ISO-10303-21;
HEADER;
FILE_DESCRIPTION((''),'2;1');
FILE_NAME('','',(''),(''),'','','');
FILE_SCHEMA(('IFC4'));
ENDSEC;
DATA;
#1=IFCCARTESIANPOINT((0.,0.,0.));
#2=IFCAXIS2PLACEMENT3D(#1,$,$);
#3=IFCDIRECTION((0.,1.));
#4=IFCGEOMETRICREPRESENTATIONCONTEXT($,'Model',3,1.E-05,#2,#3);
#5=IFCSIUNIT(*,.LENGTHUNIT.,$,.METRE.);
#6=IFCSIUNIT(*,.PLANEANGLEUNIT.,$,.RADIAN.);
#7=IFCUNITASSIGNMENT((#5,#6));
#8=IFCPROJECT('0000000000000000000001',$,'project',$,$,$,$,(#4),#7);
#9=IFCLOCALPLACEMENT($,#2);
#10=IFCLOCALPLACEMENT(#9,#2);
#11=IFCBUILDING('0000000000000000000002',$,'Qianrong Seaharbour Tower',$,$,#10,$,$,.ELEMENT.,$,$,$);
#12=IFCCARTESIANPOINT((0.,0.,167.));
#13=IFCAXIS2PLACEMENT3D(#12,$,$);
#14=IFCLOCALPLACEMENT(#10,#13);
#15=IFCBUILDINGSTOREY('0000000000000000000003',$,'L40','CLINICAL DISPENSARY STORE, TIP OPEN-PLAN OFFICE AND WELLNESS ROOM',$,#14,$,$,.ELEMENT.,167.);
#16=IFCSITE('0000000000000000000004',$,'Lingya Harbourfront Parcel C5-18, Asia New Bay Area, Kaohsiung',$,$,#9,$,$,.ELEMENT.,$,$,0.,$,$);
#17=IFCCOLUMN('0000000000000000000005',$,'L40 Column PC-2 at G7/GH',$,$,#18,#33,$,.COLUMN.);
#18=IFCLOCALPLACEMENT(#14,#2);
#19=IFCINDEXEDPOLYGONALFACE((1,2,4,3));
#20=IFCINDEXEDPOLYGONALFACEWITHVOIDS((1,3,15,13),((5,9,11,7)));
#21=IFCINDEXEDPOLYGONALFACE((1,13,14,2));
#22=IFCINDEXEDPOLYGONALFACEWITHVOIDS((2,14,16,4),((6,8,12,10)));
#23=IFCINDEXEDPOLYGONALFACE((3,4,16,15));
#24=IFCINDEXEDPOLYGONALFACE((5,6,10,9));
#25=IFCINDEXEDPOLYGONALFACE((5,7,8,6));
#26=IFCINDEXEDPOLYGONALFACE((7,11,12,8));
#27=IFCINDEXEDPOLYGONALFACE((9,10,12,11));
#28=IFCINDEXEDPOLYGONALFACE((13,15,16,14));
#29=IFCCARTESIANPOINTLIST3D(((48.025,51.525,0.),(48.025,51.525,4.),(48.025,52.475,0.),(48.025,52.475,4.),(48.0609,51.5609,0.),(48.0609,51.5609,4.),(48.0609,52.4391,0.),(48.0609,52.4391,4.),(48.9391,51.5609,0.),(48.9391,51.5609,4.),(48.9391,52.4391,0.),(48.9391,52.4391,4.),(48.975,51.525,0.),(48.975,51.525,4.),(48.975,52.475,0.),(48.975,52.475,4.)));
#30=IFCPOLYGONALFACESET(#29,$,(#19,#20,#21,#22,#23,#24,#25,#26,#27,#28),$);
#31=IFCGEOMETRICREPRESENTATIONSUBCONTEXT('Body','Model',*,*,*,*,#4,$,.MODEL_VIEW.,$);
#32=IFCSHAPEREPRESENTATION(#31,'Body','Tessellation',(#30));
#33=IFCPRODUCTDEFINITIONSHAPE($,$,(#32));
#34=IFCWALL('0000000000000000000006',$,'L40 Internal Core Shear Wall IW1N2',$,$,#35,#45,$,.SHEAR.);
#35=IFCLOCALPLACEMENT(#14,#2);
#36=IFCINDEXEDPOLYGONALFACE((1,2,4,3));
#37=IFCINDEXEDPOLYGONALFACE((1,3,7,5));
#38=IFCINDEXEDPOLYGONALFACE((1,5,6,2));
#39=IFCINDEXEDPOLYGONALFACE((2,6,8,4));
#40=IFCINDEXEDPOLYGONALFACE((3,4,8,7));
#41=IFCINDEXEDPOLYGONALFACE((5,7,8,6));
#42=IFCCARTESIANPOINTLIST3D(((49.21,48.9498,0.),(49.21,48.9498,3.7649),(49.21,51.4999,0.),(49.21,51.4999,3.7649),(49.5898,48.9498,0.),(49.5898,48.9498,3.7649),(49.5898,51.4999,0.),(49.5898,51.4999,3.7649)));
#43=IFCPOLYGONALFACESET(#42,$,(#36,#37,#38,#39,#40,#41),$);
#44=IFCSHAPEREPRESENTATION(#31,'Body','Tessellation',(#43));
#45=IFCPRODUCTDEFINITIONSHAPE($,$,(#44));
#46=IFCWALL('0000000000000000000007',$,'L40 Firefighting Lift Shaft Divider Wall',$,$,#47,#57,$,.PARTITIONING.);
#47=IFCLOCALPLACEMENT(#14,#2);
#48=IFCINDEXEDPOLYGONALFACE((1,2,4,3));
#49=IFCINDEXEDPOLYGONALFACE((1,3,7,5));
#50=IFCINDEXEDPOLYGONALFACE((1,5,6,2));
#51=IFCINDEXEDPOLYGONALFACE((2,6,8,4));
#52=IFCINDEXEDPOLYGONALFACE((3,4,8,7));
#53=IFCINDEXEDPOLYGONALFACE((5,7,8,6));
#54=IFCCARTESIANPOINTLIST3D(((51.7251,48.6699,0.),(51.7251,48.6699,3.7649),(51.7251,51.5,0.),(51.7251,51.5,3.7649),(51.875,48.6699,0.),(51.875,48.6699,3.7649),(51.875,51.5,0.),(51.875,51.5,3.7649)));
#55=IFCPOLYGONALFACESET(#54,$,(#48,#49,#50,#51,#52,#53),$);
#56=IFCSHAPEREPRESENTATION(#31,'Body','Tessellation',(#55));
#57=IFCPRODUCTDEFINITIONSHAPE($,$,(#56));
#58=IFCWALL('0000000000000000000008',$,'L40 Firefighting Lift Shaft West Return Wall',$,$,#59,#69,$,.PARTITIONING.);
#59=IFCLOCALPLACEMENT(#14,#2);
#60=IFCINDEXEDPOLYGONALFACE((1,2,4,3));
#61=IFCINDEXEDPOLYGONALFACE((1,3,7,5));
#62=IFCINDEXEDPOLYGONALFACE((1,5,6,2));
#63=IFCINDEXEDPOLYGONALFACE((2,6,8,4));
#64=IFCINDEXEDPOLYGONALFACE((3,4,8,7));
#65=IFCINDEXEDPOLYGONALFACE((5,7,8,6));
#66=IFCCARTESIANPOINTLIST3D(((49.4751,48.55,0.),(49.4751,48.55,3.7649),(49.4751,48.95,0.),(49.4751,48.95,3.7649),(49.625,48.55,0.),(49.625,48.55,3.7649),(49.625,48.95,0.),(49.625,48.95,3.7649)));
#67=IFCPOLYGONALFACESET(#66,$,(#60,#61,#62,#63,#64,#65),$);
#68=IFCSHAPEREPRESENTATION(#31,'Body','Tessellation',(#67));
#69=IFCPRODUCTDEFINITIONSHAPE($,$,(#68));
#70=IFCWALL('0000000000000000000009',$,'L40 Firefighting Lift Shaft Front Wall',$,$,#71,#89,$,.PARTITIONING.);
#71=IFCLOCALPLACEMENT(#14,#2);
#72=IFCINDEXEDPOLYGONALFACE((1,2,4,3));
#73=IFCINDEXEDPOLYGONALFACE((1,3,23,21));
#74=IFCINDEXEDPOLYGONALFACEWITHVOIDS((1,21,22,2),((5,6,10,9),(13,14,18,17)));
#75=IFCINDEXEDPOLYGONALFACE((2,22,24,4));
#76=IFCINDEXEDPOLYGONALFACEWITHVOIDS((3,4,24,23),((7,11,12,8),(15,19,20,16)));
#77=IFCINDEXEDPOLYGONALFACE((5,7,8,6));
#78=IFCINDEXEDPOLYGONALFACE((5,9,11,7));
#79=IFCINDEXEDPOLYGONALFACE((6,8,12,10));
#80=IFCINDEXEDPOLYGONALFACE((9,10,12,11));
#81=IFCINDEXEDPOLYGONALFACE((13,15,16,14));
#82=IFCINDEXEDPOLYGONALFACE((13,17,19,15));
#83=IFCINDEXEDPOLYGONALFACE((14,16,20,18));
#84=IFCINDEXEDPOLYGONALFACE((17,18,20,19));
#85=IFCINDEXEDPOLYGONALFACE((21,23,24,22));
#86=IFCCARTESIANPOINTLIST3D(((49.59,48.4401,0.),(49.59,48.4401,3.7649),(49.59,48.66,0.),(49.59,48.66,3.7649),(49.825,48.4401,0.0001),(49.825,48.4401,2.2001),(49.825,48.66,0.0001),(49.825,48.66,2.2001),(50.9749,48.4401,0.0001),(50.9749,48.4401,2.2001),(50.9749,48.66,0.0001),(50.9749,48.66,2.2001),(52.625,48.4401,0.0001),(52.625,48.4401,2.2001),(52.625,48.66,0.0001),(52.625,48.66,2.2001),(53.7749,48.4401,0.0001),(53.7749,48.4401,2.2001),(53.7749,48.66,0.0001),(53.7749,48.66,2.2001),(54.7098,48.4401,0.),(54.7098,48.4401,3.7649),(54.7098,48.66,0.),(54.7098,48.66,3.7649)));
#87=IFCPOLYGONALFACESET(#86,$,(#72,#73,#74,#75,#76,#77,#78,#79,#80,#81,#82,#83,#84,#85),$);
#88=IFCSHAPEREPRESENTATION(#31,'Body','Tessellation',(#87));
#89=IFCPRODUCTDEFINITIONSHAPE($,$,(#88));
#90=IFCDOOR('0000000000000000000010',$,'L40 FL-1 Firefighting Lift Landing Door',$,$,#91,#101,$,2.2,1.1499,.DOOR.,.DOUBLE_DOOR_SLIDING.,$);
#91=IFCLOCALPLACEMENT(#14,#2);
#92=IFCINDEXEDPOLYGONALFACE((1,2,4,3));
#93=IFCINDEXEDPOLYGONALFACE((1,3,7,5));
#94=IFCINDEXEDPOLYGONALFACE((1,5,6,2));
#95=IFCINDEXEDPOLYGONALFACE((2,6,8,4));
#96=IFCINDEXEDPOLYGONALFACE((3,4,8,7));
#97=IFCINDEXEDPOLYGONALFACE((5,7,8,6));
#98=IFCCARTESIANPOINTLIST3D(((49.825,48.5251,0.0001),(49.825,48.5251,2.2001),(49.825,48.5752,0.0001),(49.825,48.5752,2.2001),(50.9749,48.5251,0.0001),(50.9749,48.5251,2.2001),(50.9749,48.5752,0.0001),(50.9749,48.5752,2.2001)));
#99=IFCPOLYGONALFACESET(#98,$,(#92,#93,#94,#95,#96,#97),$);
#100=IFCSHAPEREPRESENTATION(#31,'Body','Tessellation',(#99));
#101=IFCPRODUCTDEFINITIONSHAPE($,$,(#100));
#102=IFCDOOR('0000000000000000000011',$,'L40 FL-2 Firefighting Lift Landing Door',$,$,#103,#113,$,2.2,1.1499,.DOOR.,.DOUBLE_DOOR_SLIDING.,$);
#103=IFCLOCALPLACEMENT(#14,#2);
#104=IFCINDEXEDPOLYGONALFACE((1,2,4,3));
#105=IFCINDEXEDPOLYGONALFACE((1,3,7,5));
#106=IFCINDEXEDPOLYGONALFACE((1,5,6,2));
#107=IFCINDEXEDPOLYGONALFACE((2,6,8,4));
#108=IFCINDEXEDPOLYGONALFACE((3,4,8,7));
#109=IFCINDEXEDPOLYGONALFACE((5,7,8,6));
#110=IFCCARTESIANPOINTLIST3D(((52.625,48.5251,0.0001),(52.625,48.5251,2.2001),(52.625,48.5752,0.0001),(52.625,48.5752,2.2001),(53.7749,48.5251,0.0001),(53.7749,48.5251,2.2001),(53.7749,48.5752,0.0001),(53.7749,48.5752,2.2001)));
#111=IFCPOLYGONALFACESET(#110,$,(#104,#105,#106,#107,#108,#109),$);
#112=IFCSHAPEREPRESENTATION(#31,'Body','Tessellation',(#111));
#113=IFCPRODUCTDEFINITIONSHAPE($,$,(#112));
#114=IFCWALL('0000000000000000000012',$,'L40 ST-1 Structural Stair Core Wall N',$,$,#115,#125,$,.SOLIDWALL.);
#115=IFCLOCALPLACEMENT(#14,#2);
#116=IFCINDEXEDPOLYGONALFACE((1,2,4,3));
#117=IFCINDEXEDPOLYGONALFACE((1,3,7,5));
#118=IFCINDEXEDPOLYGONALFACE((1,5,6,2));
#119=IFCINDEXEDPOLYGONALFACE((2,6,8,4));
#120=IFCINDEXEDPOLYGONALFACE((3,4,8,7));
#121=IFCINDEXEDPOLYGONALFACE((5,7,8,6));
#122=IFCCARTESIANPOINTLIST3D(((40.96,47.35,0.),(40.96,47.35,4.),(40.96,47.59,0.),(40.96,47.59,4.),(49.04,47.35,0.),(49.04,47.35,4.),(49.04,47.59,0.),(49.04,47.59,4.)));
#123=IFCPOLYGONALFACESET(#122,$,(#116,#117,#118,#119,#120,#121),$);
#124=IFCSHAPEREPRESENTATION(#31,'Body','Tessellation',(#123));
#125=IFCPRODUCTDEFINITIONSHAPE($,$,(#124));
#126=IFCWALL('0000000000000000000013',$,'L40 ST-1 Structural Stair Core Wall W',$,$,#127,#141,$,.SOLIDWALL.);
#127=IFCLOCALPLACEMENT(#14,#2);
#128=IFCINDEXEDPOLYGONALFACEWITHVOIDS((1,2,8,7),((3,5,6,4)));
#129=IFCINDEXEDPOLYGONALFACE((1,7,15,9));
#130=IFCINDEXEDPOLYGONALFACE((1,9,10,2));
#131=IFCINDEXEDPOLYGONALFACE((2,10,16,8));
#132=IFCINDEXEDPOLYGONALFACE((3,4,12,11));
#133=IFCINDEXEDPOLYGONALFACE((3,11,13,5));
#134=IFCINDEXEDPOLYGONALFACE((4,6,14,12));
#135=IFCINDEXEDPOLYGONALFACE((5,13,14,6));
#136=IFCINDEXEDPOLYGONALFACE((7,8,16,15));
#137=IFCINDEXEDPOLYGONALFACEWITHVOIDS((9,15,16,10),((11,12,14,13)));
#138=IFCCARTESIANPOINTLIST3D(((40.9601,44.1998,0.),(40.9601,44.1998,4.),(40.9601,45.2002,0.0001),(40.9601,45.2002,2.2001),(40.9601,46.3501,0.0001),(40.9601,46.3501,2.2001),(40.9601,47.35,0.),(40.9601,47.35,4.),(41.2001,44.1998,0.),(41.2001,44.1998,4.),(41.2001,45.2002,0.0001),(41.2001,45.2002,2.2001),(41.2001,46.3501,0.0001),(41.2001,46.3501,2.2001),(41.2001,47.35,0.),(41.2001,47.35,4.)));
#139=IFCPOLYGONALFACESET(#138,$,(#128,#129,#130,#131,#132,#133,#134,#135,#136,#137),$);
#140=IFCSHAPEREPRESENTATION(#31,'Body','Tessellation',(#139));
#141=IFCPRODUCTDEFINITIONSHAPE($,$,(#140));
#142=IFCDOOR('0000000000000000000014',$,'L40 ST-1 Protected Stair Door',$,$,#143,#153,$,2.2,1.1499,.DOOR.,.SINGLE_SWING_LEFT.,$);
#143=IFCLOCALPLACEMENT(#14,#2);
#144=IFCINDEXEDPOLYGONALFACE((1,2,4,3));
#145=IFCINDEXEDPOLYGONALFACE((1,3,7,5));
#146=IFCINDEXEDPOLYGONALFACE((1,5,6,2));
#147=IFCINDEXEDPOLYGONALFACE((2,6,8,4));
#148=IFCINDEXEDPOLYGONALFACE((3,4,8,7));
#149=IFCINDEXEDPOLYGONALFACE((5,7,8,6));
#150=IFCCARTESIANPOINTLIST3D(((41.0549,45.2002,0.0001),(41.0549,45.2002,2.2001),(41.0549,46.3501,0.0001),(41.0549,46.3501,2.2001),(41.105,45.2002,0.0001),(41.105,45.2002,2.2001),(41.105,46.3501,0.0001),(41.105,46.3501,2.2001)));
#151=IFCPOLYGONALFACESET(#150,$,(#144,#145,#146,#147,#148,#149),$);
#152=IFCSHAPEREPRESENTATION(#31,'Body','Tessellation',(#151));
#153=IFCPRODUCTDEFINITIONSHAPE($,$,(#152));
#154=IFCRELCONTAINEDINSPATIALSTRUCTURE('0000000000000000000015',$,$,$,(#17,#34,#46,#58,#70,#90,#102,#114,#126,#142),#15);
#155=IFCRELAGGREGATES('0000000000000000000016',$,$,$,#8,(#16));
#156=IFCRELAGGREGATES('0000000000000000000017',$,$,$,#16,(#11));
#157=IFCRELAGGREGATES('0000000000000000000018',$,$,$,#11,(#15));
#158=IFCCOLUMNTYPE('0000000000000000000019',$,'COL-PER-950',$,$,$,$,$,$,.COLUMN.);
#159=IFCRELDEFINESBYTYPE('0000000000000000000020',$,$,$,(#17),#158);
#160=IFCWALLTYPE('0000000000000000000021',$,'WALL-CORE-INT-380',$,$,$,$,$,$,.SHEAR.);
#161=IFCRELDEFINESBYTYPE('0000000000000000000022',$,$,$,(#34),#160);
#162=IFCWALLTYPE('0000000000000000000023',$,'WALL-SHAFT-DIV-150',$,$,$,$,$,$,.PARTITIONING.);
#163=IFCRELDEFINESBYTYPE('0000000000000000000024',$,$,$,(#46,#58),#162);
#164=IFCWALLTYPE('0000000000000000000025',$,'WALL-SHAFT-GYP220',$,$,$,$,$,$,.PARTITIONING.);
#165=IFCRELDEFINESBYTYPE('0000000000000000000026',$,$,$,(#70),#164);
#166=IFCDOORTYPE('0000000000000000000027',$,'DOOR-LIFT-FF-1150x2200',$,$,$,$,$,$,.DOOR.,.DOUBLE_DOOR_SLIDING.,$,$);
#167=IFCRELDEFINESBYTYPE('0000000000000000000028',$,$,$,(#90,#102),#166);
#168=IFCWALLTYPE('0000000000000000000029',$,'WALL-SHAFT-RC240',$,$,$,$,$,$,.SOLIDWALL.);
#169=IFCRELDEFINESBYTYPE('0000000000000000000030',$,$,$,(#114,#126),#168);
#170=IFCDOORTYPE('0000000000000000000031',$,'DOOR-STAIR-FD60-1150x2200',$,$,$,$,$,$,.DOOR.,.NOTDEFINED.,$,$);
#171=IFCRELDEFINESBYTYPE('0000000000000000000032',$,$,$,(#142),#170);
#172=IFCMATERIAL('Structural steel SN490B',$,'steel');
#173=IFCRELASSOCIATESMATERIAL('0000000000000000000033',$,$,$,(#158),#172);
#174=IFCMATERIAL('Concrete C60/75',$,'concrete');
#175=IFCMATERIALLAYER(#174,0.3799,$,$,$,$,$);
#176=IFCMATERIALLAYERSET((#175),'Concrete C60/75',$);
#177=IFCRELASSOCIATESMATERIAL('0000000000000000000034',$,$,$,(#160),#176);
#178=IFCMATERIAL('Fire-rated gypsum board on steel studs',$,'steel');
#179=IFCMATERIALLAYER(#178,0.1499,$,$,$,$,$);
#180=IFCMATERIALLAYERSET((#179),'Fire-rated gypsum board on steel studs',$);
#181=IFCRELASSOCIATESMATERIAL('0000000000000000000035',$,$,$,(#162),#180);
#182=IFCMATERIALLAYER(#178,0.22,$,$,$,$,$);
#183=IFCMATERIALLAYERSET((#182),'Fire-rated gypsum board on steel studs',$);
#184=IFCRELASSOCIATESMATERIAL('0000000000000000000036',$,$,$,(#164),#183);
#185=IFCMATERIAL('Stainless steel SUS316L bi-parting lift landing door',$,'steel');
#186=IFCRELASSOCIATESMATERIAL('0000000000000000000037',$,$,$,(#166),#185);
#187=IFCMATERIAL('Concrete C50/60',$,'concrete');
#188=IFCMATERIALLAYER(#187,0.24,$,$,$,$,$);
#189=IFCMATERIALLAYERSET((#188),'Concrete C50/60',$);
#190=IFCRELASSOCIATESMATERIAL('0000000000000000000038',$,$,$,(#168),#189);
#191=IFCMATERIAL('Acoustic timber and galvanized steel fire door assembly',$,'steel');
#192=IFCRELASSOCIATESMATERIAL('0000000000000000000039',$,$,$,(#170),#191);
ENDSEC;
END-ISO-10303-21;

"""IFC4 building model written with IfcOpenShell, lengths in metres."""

from ifc_helpers import new_model, si_unit, direction, frame, frame_2d, origin, origin_2d, place, context, subcontext, project, spatial, rectangle, hollow_rectangle, extrude, material, layer, layer_set, material_profile, profile_set, type_object, element, fill, save


model = new_model("IFC4")

# Units and contexts
model_context = context("Model", 3, precision=1e-05, world=origin(), true_north=direction((0.0, 1.0)))
body_context = subcontext(model_context, "Body", "Model", "MODEL_VIEW")
ifc_project = project(units=[si_unit("LENGTHUNIT", "METRE"), si_unit("PLANEANGLEUNIT", "RADIAN")], contexts=[model_context])

# Site, building, storey
site_placement = place(None, origin())
site = spatial("IfcSite", under=ifc_project, at=site_placement, Name="Lingya Harbourfront Parcel C5-18, Asia New Bay Area, Kaohsiung", CompositionType="ELEMENT", RefElevation=0.0)
building_placement = place(site_placement, origin())
building = spatial("IfcBuilding", under=site, at=building_placement, Name="Qianrong Seaharbour Tower", CompositionType="ELEMENT")
storey_placement = place(building_placement, frame((0.0, 0.0, 167.0)))
storey = spatial("IfcBuildingStorey", under=building, at=storey_placement, Name="L40", Description="CLINICAL DISPENSARY STORE, TIP OPEN-PLAN OFFICE AND WELLNESS ROOM", CompositionType="ELEMENT", Elevation=167.0)

# Column
ifc_material_1 = material(Name="Structural steel SN490B", Category="steel")
ifc_material_profile = material_profile(ifc_material_1, hollow_rectangle(XDim=0.95, YDim=0.95, WallThickness=0.0359, at=origin_2d()), Name="BOX950x950x36")
ifc_profile_set = profile_set([ifc_material_profile], Name="Structural steel SN490B")
column_type = type_object("IfcColumnType", Name="COL-PER-950", PredefinedType="COLUMN", material=ifc_profile_set)
column_placement = place(storey_placement, frame((48.5, 52.0, 0.0), z_axis=(0.0, 0.0, 1.0), x_axis=(1.0, 0.0, 0.0)))
element("IfcColumn", 1, at=column_placement, inside=storey, type_object=column_type, Name="L40 Column PC-2 at G7/GH", PredefinedType="COLUMN", context=body_context, shape_type="SweptSolid", body=[
    extrude(hollow_rectangle(XDim=0.95, YDim=0.95, WallThickness=0.0359, at=origin_2d()), origin(), (0.0, 0.0, 1.0), 4.0),
])

# Walls
ifc_material_2 = material(Name="Concrete C60/75", Category="concrete")
ifc_layer_1 = layer(ifc_material_2, 0.3799)
ifc_layer_set_1 = layer_set([ifc_layer_1], Name="Concrete C60/75")
wall_type_1 = type_object("IfcWallType", Name="WALL-CORE-INT-380", PredefinedType="SHEAR", material=ifc_layer_set_1)
wall_1_placement = place(storey_placement, frame((49.3999, 48.95, 0.0), z_axis=(0.0, 0.0, 1.0), x_axis=(0.0, 1.0, 0.0)))
element("IfcWall", 2, at=wall_1_placement, inside=storey, type_object=wall_type_1, Name="L40 Internal Core Shear Wall IW1N2", PredefinedType="SHEAR", context=body_context, shape_type="SweptSolid", body=[
    extrude(rectangle(XDim=2.55, YDim=0.3799, at=frame_2d((1.2749, 0.0))), origin(), (0.0, 0.0, 1.0), 3.7649),
])
ifc_material_3 = material(Name="Fire-rated gypsum board on steel studs", Category="steel")
ifc_layer_2 = layer(ifc_material_3, 0.1499)
ifc_layer_set_2 = layer_set([ifc_layer_2], Name="Fire-rated gypsum board on steel studs")
wall_type_2 = type_object("IfcWallType", Name="WALL-SHAFT-DIV-150", PredefinedType="PARTITIONING", material=ifc_layer_set_2)
wall_2_placement = place(storey_placement, frame((51.8, 48.6699, 0.0), z_axis=(0.0, 0.0, 1.0), x_axis=(0.0, 1.0, 0.0)))
element("IfcWall", 3, at=wall_2_placement, inside=storey, type_object=wall_type_2, Name="L40 Firefighting Lift Shaft Divider Wall", PredefinedType="PARTITIONING", context=body_context, shape_type="SweptSolid", body=[
    extrude(rectangle(XDim=2.8301, YDim=0.1499, at=frame_2d((1.415, 0.0))), origin(), (0.0, 0.0, 1.0), 3.7649),
])
wall_3_placement = place(storey_placement, frame((49.55, 48.55, 0.0), z_axis=(0.0, 0.0, 1.0), x_axis=(0.0, 1.0, 0.0)))
element("IfcWall", 4, at=wall_3_placement, inside=storey, type_object=wall_type_2, Name="L40 Firefighting Lift Shaft West Return Wall", PredefinedType="PARTITIONING", context=body_context, shape_type="SweptSolid", body=[
    extrude(rectangle(XDim=0.3999, YDim=0.1499, at=frame_2d((0.2, 0.0))), origin(), (0.0, 0.0, 1.0), 3.7649),
])

# Wall, openings, doors
ifc_layer_3 = layer(ifc_material_3, 0.22)
ifc_layer_set_3 = layer_set([ifc_layer_3], Name="Fire-rated gypsum board on steel studs")
wall_type_3 = type_object("IfcWallType", Name="WALL-SHAFT-GYP220", PredefinedType="PARTITIONING", material=ifc_layer_set_3)
wall_4_placement = place(storey_placement, frame((54.71, 48.55, 0.0), z_axis=(0.0, 0.0, 1.0), x_axis=(-1.0, 0.0, 0.0)))
wall_4 = element("IfcWall", 5, at=wall_4_placement, inside=storey, type_object=wall_type_3, Name="L40 Firefighting Lift Shaft Front Wall", PredefinedType="PARTITIONING", context=body_context, shape_type="SweptSolid", body=[
    extrude(rectangle(XDim=5.1199, YDim=0.22, at=frame_2d((2.5601, 0.0))), origin(), (0.0, 0.0, 1.0), 3.7649),
])
opening_1_placement = place(wall_4_placement, frame((3.7351, 0.0, 0.0)))
opening_1 = element("IfcOpeningElement", 6, at=opening_1_placement, cuts=wall_4, PredefinedType="OPENING", context=body_context, shape_type="SweptSolid", body=[
    extrude(rectangle(XDim=1.1499, YDim=2.2, at=frame_2d((0.575, 1.1001))), frame((0.0, 0.1201, 0.0), z_axis=(0.0, -1.0, 0.0), x_axis=(1.0, 0.0, 0.0)), (0.0, 0.0, 1.0), 0.24),
])
opening_2_placement = place(wall_4_placement, frame((0.9351, 0.0, 0.0)))
opening_2 = element("IfcOpeningElement", 7, at=opening_2_placement, cuts=wall_4, PredefinedType="OPENING", context=body_context, shape_type="SweptSolid", body=[
    extrude(rectangle(XDim=1.1499, YDim=2.2, at=frame_2d((0.575, 1.1001))), frame((0.0, 0.1201, 0.0), z_axis=(0.0, -1.0, 0.0), x_axis=(1.0, 0.0, 0.0)), (0.0, 0.0, 1.0), 0.24),
])
ifc_material_4 = material(Name="Stainless steel SUS316L bi-parting lift landing door", Category="steel")
door_type_1 = type_object("IfcDoorType", Name="DOOR-LIFT-FF-1150x2200", OperationType="DOUBLE_DOOR_SLIDING", PredefinedType="DOOR", material=ifc_material_4)
door_1_placement = place(opening_1_placement, origin())
door_1 = element("IfcDoor", 8, at=door_1_placement, inside=storey, type_object=door_type_1, Name="L40 FL-1 Firefighting Lift Landing Door", OperationType="DOUBLE_DOOR_SLIDING", OverallHeight=2.2, OverallWidth=1.1499, PredefinedType="DOOR", context=body_context, shape_type="SweptSolid", body=[
    extrude(rectangle(XDim=1.1499, YDim=2.2, at=frame_2d((0.575, 1.1001))), frame((0.0, 0.0249, 0.0), z_axis=(0.0, -1.0, 0.0), x_axis=(1.0, 0.0, 0.0)), (0.0, 0.0, 1.0), 0.05),
])
fill(opening_1, door_1)
door_2_placement = place(opening_2_placement, origin())
door_2 = element("IfcDoor", 9, at=door_2_placement, inside=storey, type_object=door_type_1, Name="L40 FL-2 Firefighting Lift Landing Door", OperationType="DOUBLE_DOOR_SLIDING", OverallHeight=2.2, OverallWidth=1.1499, PredefinedType="DOOR", context=body_context, shape_type="SweptSolid", body=[
    extrude(rectangle(XDim=1.1499, YDim=2.2, at=frame_2d((0.575, 1.1001))), frame((0.0, 0.0249, 0.0), z_axis=(0.0, -1.0, 0.0), x_axis=(1.0, 0.0, 0.0)), (0.0, 0.0, 1.0), 0.05),
])
fill(opening_2, door_2)

# Wall
ifc_material_5 = material(Name="Concrete C50/60", Category="concrete")
ifc_layer_4 = layer(ifc_material_5, 0.24)
ifc_layer_set_4 = layer_set([ifc_layer_4], Name="Concrete C50/60")
wall_type_4 = type_object("IfcWallType", Name="WALL-SHAFT-RC240", PredefinedType="SOLIDWALL", material=ifc_layer_set_4)
wall_5_placement = place(storey_placement, frame((40.96, 47.47, 0.0), z_axis=(0.0, 0.0, 1.0), x_axis=(1.0, 0.0, 0.0)))
element("IfcWall", 10, at=wall_5_placement, inside=storey, type_object=wall_type_4, Name="L40 ST-1 Structural Stair Core Wall N", PredefinedType="SOLIDWALL", context=body_context, shape_type="SweptSolid", body=[
    extrude(rectangle(XDim=8.0801, YDim=0.24, at=frame_2d((4.04, 0.0))), origin(), (0.0, 0.0, 1.0), 4.0),
])

# Wall, opening, door
wall_6_placement = place(storey_placement, frame((41.0801, 47.3501, 0.0), z_axis=(0.0, 0.0, 1.0), x_axis=(0.0, -1.0, 0.0)))
wall_6 = element("IfcWall", 11, at=wall_6_placement, inside=storey, type_object=wall_type_4, Name="L40 ST-1 Structural Stair Core Wall W", PredefinedType="SOLIDWALL", context=body_context, shape_type="SweptSolid", body=[
    extrude(rectangle(XDim=3.1501, YDim=0.24, at=frame_2d((1.5752, 0.0))), origin(), (0.0, 0.0, 1.0), 4.0),
])
opening_3_placement = place(wall_6_placement, frame((1.0, 0.0, 0.0)))
opening_3 = element("IfcOpeningElement", 12, at=opening_3_placement, cuts=wall_6, PredefinedType="OPENING", context=body_context, shape_type="SweptSolid", body=[
    extrude(rectangle(XDim=1.1499, YDim=2.2, at=frame_2d((0.575, 1.1001))), frame((0.0, 0.1299, 0.0), z_axis=(0.0, -1.0, 0.0), x_axis=(1.0, 0.0, 0.0)), (0.0, 0.0, 1.0), 0.26),
])
ifc_material_6 = material(Name="Acoustic timber and galvanized steel fire door assembly", Category="steel")
door_type_2 = type_object("IfcDoorType", Name="DOOR-STAIR-FD60-1150x2200", OperationType="NOTDEFINED", PredefinedType="DOOR", material=ifc_material_6)
door_3_placement = place(opening_3_placement, origin())
door_3 = element("IfcDoor", 13, at=door_3_placement, inside=storey, type_object=door_type_2, Name="L40 ST-1 Protected Stair Door", OperationType="SINGLE_SWING_LEFT", OverallHeight=2.2, OverallWidth=1.1499, PredefinedType="DOOR", context=body_context, shape_type="SweptSolid", body=[
    extrude(rectangle(XDim=1.1499, YDim=2.2, at=frame_2d((0.575, 1.1001))), frame((0.0, 0.0249, 0.0), z_axis=(0.0, -1.0, 0.0), x_axis=(1.0, 0.0, 0.0)), (0.0, 0.0, 1.0), 0.05),
])
fill(opening_3, door_3)

save(model, "model.ifc")
